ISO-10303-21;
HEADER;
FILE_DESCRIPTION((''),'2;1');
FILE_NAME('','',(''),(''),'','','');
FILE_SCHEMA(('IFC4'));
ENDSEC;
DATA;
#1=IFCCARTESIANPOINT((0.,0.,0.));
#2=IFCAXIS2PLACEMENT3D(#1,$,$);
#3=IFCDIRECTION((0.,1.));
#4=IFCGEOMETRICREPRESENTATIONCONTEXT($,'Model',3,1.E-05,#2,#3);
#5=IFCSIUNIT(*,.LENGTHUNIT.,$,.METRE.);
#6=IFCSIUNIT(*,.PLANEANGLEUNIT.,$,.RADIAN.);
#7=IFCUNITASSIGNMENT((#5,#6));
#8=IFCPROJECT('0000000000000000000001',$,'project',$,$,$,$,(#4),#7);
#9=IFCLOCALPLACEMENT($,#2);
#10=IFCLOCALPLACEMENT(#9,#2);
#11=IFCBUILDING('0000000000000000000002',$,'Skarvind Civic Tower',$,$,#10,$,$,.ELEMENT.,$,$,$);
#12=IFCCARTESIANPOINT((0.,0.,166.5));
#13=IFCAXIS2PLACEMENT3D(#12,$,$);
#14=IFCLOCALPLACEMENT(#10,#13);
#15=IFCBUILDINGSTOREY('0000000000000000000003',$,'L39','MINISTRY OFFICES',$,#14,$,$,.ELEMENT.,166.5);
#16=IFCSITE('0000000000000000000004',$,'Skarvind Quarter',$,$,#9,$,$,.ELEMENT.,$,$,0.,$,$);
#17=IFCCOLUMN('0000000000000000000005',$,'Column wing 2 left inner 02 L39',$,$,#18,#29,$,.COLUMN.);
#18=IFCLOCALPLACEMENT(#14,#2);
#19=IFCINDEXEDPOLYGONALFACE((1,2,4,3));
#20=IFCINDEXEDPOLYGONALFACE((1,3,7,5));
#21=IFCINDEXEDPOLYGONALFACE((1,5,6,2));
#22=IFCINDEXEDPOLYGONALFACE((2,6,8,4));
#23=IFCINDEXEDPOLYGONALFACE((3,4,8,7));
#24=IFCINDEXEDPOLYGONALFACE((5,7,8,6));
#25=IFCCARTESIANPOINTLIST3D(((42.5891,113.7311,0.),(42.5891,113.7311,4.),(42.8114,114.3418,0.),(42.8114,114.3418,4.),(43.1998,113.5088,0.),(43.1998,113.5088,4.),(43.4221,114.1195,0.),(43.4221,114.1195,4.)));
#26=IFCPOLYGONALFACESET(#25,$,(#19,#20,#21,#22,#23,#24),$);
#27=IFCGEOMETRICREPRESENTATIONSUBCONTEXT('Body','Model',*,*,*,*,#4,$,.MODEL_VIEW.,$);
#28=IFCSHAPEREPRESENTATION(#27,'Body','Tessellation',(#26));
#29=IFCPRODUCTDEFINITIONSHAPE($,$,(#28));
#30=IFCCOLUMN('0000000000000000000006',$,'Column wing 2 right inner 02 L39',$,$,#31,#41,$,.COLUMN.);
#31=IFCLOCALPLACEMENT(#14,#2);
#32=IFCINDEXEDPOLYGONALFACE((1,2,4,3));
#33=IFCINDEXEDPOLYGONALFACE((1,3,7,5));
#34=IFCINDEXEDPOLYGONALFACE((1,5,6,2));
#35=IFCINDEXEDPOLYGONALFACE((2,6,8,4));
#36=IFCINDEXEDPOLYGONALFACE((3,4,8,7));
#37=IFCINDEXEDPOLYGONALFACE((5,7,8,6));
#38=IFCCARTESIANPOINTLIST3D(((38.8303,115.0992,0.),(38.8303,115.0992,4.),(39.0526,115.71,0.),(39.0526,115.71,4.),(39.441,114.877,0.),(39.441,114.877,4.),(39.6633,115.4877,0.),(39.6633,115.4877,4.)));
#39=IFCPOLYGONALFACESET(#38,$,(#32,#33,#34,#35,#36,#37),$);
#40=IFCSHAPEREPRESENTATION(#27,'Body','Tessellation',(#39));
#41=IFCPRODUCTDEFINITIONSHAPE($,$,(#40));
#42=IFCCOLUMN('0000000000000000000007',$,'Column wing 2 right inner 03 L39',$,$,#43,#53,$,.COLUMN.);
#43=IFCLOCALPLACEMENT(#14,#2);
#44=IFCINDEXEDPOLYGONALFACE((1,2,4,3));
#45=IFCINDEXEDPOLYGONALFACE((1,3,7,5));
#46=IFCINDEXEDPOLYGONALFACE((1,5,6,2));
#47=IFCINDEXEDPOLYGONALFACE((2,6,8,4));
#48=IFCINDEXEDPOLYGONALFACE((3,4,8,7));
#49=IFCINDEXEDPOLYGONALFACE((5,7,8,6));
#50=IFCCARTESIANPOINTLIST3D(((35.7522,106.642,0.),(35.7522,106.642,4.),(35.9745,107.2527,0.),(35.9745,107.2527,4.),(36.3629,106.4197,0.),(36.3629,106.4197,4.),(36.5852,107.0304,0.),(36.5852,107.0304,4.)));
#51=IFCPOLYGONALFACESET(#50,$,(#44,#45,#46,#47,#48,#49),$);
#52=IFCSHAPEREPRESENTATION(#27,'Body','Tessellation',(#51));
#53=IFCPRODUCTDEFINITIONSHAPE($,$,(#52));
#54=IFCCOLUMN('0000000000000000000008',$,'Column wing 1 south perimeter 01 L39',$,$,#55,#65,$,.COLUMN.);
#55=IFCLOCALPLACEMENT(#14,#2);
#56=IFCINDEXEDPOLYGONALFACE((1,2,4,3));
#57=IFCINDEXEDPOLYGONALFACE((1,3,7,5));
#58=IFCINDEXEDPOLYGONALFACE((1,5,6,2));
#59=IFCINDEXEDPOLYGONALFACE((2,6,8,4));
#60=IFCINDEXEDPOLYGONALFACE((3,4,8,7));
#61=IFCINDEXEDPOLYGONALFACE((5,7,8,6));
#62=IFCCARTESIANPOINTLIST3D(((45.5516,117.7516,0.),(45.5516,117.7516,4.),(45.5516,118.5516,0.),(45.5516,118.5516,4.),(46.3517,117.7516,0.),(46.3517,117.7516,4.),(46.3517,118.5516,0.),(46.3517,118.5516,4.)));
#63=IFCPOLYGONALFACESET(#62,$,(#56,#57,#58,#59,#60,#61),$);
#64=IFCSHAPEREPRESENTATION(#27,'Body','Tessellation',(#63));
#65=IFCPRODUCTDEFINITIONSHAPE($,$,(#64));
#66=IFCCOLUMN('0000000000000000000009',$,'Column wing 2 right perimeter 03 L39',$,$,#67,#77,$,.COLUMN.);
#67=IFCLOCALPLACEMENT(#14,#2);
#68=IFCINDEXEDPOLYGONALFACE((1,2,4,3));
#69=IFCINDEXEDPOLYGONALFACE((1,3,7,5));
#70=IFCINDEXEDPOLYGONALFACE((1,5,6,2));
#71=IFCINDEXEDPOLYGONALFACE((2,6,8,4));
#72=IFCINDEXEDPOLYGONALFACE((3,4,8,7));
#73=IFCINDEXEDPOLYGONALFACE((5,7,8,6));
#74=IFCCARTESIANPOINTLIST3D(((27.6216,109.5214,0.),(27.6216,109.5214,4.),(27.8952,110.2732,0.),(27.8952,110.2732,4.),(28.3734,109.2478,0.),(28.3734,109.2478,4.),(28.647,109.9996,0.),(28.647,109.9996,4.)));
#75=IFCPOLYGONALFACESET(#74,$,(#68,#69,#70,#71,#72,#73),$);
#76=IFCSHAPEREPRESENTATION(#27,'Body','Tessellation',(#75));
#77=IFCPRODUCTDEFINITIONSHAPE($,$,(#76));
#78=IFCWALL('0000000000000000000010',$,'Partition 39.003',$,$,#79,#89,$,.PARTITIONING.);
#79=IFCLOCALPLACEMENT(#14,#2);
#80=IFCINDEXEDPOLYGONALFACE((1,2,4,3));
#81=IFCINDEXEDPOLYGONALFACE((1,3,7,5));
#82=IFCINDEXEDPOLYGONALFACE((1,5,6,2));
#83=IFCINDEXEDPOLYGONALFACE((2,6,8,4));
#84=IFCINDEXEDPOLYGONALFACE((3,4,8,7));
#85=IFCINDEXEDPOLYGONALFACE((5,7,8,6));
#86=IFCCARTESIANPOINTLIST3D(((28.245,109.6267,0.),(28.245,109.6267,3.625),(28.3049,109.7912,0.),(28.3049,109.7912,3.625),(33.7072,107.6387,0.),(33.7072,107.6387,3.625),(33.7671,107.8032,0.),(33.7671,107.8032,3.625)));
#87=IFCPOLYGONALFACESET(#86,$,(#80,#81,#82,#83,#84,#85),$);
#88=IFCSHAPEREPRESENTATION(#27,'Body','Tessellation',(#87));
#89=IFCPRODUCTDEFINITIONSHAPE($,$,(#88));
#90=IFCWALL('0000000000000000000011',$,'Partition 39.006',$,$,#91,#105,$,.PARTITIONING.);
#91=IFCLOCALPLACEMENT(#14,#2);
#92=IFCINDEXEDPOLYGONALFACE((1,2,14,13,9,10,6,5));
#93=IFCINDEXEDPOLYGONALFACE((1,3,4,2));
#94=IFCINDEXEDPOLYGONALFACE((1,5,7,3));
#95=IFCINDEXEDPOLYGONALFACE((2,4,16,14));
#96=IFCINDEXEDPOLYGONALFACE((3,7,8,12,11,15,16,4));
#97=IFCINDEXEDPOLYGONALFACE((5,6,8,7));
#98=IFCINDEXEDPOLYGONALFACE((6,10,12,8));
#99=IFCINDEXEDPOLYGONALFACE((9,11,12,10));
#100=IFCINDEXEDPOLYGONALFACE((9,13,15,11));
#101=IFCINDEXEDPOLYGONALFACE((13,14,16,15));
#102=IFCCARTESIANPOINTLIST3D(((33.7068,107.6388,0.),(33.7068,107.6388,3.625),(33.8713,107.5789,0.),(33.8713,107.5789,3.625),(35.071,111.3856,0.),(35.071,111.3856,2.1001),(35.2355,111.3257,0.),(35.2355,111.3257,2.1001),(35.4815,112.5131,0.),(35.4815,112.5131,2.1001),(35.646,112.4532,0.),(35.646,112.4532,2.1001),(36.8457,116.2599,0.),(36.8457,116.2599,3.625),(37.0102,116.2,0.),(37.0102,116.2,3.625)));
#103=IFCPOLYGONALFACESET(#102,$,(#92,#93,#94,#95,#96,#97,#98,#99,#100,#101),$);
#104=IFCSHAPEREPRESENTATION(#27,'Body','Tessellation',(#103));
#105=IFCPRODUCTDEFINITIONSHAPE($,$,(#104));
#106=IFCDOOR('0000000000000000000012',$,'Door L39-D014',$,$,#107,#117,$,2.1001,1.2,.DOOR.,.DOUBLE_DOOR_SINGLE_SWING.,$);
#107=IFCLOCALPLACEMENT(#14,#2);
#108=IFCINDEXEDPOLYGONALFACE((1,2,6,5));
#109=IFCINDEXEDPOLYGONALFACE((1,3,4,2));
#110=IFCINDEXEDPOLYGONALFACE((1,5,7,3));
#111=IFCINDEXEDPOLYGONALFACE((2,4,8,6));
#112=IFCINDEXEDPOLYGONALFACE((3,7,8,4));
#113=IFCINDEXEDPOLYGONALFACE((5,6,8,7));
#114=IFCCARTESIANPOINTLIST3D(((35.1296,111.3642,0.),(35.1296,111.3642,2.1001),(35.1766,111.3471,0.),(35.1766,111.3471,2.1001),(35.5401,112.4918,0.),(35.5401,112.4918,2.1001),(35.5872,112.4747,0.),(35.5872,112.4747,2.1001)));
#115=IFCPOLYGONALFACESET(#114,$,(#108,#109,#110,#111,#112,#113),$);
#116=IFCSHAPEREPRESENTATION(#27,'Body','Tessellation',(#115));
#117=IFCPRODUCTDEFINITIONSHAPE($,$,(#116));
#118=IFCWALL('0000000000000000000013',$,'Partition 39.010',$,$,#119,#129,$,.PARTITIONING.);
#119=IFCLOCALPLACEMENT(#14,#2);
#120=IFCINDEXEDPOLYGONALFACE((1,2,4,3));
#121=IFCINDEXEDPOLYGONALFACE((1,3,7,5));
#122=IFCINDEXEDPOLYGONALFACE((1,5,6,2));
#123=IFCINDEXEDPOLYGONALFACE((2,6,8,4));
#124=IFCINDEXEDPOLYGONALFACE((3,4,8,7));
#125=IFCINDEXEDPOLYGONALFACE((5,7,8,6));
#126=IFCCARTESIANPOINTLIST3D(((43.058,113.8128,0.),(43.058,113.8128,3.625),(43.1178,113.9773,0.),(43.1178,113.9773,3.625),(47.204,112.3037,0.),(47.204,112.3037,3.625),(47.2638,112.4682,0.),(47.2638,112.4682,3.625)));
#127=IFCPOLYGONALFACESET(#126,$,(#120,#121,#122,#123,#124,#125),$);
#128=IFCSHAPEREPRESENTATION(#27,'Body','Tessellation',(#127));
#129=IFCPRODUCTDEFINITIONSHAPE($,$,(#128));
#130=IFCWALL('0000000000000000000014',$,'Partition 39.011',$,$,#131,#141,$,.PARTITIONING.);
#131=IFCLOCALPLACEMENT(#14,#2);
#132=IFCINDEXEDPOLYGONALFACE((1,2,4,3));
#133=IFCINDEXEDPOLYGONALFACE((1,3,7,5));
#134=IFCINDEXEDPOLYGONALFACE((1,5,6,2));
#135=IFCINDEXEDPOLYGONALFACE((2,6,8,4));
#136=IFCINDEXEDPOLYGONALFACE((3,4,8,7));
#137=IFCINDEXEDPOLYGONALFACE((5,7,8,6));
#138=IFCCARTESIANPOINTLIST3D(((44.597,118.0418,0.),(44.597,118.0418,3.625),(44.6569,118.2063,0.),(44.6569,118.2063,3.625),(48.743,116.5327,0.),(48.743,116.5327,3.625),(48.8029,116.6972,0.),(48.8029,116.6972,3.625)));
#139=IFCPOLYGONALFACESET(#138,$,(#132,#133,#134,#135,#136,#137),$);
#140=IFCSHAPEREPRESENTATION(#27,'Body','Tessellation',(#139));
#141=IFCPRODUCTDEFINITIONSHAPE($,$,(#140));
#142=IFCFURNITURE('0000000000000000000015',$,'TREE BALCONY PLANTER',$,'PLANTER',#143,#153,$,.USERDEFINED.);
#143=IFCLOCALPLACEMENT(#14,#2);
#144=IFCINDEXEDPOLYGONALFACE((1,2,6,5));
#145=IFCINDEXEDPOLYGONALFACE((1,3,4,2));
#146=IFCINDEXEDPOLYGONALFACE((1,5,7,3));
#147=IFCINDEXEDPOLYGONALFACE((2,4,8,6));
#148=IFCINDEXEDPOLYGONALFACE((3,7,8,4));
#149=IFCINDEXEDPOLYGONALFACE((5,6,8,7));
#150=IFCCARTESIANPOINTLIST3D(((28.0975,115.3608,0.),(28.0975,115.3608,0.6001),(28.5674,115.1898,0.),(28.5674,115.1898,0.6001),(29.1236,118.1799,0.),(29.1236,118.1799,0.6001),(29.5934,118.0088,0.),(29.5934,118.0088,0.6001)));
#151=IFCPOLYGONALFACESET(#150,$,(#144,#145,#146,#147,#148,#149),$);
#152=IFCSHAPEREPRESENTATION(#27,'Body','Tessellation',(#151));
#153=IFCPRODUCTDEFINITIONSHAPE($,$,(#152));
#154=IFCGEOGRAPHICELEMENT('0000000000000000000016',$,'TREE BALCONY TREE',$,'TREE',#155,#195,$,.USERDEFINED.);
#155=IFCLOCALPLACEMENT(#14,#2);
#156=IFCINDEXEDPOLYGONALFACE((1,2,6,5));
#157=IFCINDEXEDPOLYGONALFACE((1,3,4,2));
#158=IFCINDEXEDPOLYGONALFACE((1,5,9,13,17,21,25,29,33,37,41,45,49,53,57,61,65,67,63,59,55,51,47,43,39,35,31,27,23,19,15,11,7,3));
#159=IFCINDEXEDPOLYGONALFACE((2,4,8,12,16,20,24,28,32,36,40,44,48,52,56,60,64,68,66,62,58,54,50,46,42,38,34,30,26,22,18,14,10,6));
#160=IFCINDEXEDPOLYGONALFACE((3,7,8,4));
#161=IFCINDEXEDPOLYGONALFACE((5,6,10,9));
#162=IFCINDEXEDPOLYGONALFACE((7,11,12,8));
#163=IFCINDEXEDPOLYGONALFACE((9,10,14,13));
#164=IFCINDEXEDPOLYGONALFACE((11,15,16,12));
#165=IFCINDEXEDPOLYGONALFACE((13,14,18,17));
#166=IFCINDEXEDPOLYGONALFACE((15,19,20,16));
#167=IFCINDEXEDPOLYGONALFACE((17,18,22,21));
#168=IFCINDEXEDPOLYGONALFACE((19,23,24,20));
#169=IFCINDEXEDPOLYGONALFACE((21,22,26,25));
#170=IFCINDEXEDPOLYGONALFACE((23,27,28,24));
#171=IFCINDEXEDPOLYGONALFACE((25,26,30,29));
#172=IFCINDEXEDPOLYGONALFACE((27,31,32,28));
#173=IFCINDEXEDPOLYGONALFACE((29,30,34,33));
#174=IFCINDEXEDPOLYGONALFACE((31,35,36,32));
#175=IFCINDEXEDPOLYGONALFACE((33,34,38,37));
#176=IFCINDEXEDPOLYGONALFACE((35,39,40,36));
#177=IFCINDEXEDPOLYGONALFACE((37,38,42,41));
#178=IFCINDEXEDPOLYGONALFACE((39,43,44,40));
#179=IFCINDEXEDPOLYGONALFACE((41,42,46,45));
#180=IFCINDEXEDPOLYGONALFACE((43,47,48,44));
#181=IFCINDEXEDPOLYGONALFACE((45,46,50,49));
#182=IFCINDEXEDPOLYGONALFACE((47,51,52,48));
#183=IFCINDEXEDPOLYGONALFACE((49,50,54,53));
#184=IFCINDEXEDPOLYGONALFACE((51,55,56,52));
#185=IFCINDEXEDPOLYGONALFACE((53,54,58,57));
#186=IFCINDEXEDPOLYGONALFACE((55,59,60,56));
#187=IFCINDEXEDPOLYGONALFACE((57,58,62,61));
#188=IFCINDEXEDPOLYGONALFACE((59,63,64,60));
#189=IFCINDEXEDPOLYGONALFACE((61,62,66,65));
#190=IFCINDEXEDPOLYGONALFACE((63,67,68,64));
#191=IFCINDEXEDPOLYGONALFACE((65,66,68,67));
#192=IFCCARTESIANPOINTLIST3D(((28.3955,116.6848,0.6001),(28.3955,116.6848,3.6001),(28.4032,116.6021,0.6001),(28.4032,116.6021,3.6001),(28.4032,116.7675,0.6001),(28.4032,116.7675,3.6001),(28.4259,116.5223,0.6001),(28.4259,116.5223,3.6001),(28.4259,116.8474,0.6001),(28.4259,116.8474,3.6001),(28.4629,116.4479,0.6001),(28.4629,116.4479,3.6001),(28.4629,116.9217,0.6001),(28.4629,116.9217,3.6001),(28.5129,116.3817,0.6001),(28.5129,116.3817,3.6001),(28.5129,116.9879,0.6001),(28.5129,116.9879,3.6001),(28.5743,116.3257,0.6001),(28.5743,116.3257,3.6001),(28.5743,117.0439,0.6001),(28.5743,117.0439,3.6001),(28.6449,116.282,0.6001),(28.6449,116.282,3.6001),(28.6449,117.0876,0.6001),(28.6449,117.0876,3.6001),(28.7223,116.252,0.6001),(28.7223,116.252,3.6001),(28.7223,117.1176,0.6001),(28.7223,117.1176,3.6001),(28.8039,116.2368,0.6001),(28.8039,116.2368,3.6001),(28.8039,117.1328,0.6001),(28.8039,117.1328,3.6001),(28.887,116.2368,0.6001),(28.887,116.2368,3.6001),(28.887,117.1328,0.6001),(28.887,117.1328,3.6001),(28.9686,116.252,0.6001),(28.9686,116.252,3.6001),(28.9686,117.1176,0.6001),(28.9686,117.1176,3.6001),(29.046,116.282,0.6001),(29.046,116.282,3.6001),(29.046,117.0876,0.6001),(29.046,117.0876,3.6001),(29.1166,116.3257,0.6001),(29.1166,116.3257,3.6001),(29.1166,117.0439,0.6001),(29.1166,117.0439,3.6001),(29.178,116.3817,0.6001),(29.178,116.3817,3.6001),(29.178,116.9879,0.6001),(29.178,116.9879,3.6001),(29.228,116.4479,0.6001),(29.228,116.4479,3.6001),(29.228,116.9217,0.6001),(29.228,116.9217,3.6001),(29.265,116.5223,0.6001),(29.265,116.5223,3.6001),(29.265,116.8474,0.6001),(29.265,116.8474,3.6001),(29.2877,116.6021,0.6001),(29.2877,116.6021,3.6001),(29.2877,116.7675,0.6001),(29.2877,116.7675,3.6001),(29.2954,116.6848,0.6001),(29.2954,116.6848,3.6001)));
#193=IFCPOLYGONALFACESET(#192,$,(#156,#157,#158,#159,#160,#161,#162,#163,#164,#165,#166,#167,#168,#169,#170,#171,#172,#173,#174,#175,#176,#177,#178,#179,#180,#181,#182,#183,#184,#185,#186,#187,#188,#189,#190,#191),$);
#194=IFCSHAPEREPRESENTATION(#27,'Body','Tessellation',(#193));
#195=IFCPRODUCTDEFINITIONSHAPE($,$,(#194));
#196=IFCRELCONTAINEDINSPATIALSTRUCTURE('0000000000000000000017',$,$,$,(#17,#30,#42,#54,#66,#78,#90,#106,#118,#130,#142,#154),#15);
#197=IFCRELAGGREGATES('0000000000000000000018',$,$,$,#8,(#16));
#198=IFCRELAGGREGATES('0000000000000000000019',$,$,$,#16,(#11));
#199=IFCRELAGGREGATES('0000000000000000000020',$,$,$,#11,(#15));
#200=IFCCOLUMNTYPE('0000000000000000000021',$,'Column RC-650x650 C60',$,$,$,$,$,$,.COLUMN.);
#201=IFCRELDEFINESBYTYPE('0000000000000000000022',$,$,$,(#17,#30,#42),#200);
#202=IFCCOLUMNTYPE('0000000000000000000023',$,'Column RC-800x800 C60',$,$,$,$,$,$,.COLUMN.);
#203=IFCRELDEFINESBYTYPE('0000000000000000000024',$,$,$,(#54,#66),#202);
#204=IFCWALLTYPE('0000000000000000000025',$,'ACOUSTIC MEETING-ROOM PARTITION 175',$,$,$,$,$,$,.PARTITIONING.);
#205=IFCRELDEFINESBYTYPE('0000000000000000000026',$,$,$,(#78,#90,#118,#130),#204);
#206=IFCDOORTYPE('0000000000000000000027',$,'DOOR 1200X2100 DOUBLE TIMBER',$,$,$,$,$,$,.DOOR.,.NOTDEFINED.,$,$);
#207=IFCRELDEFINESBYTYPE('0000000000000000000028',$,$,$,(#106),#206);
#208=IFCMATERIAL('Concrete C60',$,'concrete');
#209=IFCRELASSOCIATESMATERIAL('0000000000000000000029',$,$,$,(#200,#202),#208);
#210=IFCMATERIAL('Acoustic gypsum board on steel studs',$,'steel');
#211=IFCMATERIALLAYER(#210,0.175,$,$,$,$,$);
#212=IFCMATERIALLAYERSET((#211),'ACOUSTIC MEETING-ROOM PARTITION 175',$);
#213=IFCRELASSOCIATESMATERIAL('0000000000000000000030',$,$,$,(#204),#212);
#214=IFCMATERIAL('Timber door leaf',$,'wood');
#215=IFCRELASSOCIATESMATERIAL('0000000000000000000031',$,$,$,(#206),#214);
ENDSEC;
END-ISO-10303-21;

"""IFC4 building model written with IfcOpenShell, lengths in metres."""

from ifc_helpers import new_model, si_unit, direction, frame, frame_2d, origin, origin_2d, place, context, subcontext, project, spatial, rectangle, circle, extrude, material, layer, layer_set, material_profile, profile_set, type_object, element, fill, save


model = new_model("IFC4")

# Units and contexts
model_context = context("Model", 3, precision=1e-05, world=origin(), true_north=direction((0.0, 1.0)))
body_context = subcontext(model_context, "Body", "Model", "MODEL_VIEW")
ifc_project = project(units=[si_unit("LENGTHUNIT", "METRE"), si_unit("PLANEANGLEUNIT", "RADIAN")], contexts=[model_context])

# Site, building, storey
site_placement = place(None, origin())
site = spatial("IfcSite", under=ifc_project, at=site_placement, Name="Skarvind Quarter", CompositionType="ELEMENT", RefElevation=0.0)
building_placement = place(site_placement, origin())
building = spatial("IfcBuilding", under=site, at=building_placement, Name="Skarvind Civic Tower", CompositionType="ELEMENT")
storey_placement = place(building_placement, frame((0.0, 0.0, 166.5)))
storey = spatial("IfcBuildingStorey", under=building, at=storey_placement, Name="L39", Description="MINISTRY OFFICES", CompositionType="ELEMENT", Elevation=166.5)

# Columns
ifc_material_1 = material(Name="Concrete C60", Category="concrete")
ifc_material_profile_1 = material_profile(ifc_material_1, rectangle(XDim=0.6499, YDim=0.6499, at=origin_2d()), Name="RC-650x650")
ifc_profile_set_1 = profile_set([ifc_material_profile_1], Name="Concrete C60")
column_type_1 = type_object("IfcColumnType", Name="Column RC-650x650 C60", PredefinedType="COLUMN", material=ifc_profile_set_1)
for number, where, z_axis, x_axis, name in (
    (1, (43.0056, 113.9253, 0.0), (0.0, 0.0, 1.0), (-0.34202, -0.939693, 0.0), "Column wing 2 left inner 02 L39"),
    (2, (39.2468, 115.2935, 0.0), (0.0, 0.0, 1.0), (-0.34202, -0.939693, 0.0), "Column wing 2 right inner 02 L39"),
    (3, (36.1687, 106.8362, 0.0), (0.0, 0.0, 1.0), (-0.34202, -0.939693, 0.0), "Column wing 2 right inner 03 L39"),
):
    element("IfcColumn", number, at=place(storey_placement, frame(where, z_axis=z_axis, x_axis=x_axis)), inside=storey, type_object=column_type_1, Name=name, PredefinedType="COLUMN", context=body_context, shape_type="SweptSolid", body=[
        extrude(rectangle(XDim=0.6499, YDim=0.6499, at=origin_2d()), origin(), (0.0, 0.0, 1.0), 4.0),
    ])
ifc_material_profile_2 = material_profile(ifc_material_1, rectangle(XDim=0.8, YDim=0.8, at=origin_2d()), Name="RC-800x800")
ifc_profile_set_2 = profile_set([ifc_material_profile_2], Name="Concrete C60")
column_type_2 = type_object("IfcColumnType", Name="Column RC-800x800 C60", PredefinedType="COLUMN", material=ifc_profile_set_2)
for number, where, z_axis, x_axis, name in (
    (4, (45.9517, 118.1516, 0.0), (0.0, 0.0, 1.0), (1.0, 0.0, 0.0), "Column wing 1 south perimeter 01 L39"),
    (5, (28.1343, 109.7605, 0.0), (0.0, 0.0, 1.0), (-0.34202, -0.939693, 0.0), "Column wing 2 right perimeter 03 L39"),
):
    element("IfcColumn", number, at=place(storey_placement, frame(where, z_axis=z_axis, x_axis=x_axis)), inside=storey, type_object=column_type_2, Name=name, PredefinedType="COLUMN", context=body_context, shape_type="SweptSolid", body=[
        extrude(rectangle(XDim=0.8, YDim=0.8, at=origin_2d()), origin(), (0.0, 0.0, 1.0), 4.0),
    ])

# Wall
ifc_material_2 = material(Name="Acoustic gypsum board on steel studs", Category="steel")
ifc_layer = layer(ifc_material_2, 0.175)
ifc_layer_set = layer_set([ifc_layer], Name="ACOUSTIC MEETING-ROOM PARTITION 175")
wall_type = type_object("IfcWallType", Name="ACOUSTIC MEETING-ROOM PARTITION 175", PredefinedType="PARTITIONING", material=ifc_layer_set)
wall_1_placement = place(storey_placement, frame((33.7371, 107.7209, 0.0), z_axis=(0.0, 0.0, 1.0), x_axis=(-0.939694, 0.342016, 0.0)))
element("IfcWall", 6, at=wall_1_placement, inside=storey, type_object=wall_type, Name="Partition 39.003", PredefinedType="PARTITIONING", context=body_context, shape_type="SweptSolid", body=[
    extrude(rectangle(XDim=5.8127, YDim=0.175, at=frame_2d((2.9062, 0.0))), origin(), (0.0, 0.0, 1.0), 3.625),
])

# Wall, opening, door
wall_2_placement = place(storey_placement, frame((36.928, 116.23, 0.0), z_axis=(0.0, 0.0, 1.0), x_axis=(-0.342125, -0.939654, 0.0)))
wall_2 = element("IfcWall", 7, at=wall_2_placement, inside=storey, type_object=wall_type, Name="Partition 39.006", PredefinedType="PARTITIONING", context=body_context, shape_type="SweptSolid", body=[
    extrude(rectangle(XDim=9.1748, YDim=0.175, at=frame_2d((4.5874, 0.0))), origin(), (0.0, 0.0, 1.0), 3.625),
])
opening_placement = place(wall_2_placement, frame((3.9873, 0.0, 0.0)))
opening = element("IfcOpeningElement", 8, at=opening_placement, cuts=wall_2, PredefinedType="OPENING", context=body_context, shape_type="SweptSolid", body=[
    extrude(rectangle(XDim=1.2, YDim=2.1001, at=frame_2d((0.6001, 1.05))), frame((0.0, 0.0974, 0.0), z_axis=(0.0, -1.0, 0.0), x_axis=(1.0, 0.0, 0.0)), (0.0, 0.0, 1.0), 0.1951),
])
ifc_material_3 = material(Name="Timber door leaf", Category="wood")
door_type = type_object("IfcDoorType", Name="DOOR 1200X2100 DOUBLE TIMBER", OperationType="NOTDEFINED", PredefinedType="DOOR", material=ifc_material_3)
door_placement = place(opening_placement, origin())
door = element("IfcDoor", 9, at=door_placement, inside=storey, type_object=door_type, Name="Door L39-D014", OperationType="DOUBLE_DOOR_SINGLE_SWING", OverallHeight=2.1001, OverallWidth=1.2, PredefinedType="DOOR", context=body_context, shape_type="SweptSolid", body=[
    extrude(rectangle(XDim=1.2, YDim=2.1001, at=frame_2d((0.6001, 1.05))), frame((0.0, 0.0249, 0.0), z_axis=(0.0, -1.0, 0.0), x_axis=(1.0, 0.0, 0.0)), (0.0, 0.0, 1.0), 0.05),
])
fill(opening, door)

# Walls
for number, where, z_axis, x_axis, name in (
    (10, (43.0879, 113.895, 0.0), (0.0, 0.0, 1.0), (0.939692, -0.342023, 0.0), "Partition 39.010"),
    (11, (44.627, 118.124, 0.0), (0.0, 0.0, 1.0), (0.939692, -0.342023, 0.0), "Partition 39.011"),
):
    element("IfcWall", number, at=place(storey_placement, frame(where, z_axis=z_axis, x_axis=x_axis)), inside=storey, type_object=wall_type, Name=name, PredefinedType="PARTITIONING", context=body_context, shape_type="SweptSolid", body=[
        extrude(rectangle(XDim=4.4121, YDim=0.175, at=frame_2d((2.2061, 0.0))), origin(), (0.0, 0.0, 1.0), 3.625),
    ])

# Furniture
furniture_placement = place(storey_placement, frame((28.8455, 116.6848, 0.0), z_axis=(0.0, 0.0, 1.0), x_axis=(0.34202, 0.939693, 0.0)))
element("IfcFurniture", 12, at=furniture_placement, inside=storey, Name="TREE BALCONY PLANTER", ObjectType="PLANTER", PredefinedType="USERDEFINED", context=body_context, shape_type="SweptSolid", body=[
    extrude(rectangle(XDim=3.0, YDim=0.5, at=origin_2d()), origin(), (0.0, 0.0, 1.0), 0.6001),
])

# Geographic element
geographic_element_placement = place(storey_placement, frame((28.8455, 116.6848, 0.6001), z_axis=(0.0, 0.0, 1.0), x_axis=(1.0, 0.0, 0.0)))
element("IfcGeographicElement", 13, at=geographic_element_placement, inside=storey, Name="TREE BALCONY TREE", ObjectType="TREE", PredefinedType="USERDEFINED", context=body_context, shape_type="SweptSolid", body=[
    extrude(circle(Radius=0.45, at=origin_2d()), origin(), (0.0, 0.0, 1.0), 3.0),
])

save(model, "model.ifc")
